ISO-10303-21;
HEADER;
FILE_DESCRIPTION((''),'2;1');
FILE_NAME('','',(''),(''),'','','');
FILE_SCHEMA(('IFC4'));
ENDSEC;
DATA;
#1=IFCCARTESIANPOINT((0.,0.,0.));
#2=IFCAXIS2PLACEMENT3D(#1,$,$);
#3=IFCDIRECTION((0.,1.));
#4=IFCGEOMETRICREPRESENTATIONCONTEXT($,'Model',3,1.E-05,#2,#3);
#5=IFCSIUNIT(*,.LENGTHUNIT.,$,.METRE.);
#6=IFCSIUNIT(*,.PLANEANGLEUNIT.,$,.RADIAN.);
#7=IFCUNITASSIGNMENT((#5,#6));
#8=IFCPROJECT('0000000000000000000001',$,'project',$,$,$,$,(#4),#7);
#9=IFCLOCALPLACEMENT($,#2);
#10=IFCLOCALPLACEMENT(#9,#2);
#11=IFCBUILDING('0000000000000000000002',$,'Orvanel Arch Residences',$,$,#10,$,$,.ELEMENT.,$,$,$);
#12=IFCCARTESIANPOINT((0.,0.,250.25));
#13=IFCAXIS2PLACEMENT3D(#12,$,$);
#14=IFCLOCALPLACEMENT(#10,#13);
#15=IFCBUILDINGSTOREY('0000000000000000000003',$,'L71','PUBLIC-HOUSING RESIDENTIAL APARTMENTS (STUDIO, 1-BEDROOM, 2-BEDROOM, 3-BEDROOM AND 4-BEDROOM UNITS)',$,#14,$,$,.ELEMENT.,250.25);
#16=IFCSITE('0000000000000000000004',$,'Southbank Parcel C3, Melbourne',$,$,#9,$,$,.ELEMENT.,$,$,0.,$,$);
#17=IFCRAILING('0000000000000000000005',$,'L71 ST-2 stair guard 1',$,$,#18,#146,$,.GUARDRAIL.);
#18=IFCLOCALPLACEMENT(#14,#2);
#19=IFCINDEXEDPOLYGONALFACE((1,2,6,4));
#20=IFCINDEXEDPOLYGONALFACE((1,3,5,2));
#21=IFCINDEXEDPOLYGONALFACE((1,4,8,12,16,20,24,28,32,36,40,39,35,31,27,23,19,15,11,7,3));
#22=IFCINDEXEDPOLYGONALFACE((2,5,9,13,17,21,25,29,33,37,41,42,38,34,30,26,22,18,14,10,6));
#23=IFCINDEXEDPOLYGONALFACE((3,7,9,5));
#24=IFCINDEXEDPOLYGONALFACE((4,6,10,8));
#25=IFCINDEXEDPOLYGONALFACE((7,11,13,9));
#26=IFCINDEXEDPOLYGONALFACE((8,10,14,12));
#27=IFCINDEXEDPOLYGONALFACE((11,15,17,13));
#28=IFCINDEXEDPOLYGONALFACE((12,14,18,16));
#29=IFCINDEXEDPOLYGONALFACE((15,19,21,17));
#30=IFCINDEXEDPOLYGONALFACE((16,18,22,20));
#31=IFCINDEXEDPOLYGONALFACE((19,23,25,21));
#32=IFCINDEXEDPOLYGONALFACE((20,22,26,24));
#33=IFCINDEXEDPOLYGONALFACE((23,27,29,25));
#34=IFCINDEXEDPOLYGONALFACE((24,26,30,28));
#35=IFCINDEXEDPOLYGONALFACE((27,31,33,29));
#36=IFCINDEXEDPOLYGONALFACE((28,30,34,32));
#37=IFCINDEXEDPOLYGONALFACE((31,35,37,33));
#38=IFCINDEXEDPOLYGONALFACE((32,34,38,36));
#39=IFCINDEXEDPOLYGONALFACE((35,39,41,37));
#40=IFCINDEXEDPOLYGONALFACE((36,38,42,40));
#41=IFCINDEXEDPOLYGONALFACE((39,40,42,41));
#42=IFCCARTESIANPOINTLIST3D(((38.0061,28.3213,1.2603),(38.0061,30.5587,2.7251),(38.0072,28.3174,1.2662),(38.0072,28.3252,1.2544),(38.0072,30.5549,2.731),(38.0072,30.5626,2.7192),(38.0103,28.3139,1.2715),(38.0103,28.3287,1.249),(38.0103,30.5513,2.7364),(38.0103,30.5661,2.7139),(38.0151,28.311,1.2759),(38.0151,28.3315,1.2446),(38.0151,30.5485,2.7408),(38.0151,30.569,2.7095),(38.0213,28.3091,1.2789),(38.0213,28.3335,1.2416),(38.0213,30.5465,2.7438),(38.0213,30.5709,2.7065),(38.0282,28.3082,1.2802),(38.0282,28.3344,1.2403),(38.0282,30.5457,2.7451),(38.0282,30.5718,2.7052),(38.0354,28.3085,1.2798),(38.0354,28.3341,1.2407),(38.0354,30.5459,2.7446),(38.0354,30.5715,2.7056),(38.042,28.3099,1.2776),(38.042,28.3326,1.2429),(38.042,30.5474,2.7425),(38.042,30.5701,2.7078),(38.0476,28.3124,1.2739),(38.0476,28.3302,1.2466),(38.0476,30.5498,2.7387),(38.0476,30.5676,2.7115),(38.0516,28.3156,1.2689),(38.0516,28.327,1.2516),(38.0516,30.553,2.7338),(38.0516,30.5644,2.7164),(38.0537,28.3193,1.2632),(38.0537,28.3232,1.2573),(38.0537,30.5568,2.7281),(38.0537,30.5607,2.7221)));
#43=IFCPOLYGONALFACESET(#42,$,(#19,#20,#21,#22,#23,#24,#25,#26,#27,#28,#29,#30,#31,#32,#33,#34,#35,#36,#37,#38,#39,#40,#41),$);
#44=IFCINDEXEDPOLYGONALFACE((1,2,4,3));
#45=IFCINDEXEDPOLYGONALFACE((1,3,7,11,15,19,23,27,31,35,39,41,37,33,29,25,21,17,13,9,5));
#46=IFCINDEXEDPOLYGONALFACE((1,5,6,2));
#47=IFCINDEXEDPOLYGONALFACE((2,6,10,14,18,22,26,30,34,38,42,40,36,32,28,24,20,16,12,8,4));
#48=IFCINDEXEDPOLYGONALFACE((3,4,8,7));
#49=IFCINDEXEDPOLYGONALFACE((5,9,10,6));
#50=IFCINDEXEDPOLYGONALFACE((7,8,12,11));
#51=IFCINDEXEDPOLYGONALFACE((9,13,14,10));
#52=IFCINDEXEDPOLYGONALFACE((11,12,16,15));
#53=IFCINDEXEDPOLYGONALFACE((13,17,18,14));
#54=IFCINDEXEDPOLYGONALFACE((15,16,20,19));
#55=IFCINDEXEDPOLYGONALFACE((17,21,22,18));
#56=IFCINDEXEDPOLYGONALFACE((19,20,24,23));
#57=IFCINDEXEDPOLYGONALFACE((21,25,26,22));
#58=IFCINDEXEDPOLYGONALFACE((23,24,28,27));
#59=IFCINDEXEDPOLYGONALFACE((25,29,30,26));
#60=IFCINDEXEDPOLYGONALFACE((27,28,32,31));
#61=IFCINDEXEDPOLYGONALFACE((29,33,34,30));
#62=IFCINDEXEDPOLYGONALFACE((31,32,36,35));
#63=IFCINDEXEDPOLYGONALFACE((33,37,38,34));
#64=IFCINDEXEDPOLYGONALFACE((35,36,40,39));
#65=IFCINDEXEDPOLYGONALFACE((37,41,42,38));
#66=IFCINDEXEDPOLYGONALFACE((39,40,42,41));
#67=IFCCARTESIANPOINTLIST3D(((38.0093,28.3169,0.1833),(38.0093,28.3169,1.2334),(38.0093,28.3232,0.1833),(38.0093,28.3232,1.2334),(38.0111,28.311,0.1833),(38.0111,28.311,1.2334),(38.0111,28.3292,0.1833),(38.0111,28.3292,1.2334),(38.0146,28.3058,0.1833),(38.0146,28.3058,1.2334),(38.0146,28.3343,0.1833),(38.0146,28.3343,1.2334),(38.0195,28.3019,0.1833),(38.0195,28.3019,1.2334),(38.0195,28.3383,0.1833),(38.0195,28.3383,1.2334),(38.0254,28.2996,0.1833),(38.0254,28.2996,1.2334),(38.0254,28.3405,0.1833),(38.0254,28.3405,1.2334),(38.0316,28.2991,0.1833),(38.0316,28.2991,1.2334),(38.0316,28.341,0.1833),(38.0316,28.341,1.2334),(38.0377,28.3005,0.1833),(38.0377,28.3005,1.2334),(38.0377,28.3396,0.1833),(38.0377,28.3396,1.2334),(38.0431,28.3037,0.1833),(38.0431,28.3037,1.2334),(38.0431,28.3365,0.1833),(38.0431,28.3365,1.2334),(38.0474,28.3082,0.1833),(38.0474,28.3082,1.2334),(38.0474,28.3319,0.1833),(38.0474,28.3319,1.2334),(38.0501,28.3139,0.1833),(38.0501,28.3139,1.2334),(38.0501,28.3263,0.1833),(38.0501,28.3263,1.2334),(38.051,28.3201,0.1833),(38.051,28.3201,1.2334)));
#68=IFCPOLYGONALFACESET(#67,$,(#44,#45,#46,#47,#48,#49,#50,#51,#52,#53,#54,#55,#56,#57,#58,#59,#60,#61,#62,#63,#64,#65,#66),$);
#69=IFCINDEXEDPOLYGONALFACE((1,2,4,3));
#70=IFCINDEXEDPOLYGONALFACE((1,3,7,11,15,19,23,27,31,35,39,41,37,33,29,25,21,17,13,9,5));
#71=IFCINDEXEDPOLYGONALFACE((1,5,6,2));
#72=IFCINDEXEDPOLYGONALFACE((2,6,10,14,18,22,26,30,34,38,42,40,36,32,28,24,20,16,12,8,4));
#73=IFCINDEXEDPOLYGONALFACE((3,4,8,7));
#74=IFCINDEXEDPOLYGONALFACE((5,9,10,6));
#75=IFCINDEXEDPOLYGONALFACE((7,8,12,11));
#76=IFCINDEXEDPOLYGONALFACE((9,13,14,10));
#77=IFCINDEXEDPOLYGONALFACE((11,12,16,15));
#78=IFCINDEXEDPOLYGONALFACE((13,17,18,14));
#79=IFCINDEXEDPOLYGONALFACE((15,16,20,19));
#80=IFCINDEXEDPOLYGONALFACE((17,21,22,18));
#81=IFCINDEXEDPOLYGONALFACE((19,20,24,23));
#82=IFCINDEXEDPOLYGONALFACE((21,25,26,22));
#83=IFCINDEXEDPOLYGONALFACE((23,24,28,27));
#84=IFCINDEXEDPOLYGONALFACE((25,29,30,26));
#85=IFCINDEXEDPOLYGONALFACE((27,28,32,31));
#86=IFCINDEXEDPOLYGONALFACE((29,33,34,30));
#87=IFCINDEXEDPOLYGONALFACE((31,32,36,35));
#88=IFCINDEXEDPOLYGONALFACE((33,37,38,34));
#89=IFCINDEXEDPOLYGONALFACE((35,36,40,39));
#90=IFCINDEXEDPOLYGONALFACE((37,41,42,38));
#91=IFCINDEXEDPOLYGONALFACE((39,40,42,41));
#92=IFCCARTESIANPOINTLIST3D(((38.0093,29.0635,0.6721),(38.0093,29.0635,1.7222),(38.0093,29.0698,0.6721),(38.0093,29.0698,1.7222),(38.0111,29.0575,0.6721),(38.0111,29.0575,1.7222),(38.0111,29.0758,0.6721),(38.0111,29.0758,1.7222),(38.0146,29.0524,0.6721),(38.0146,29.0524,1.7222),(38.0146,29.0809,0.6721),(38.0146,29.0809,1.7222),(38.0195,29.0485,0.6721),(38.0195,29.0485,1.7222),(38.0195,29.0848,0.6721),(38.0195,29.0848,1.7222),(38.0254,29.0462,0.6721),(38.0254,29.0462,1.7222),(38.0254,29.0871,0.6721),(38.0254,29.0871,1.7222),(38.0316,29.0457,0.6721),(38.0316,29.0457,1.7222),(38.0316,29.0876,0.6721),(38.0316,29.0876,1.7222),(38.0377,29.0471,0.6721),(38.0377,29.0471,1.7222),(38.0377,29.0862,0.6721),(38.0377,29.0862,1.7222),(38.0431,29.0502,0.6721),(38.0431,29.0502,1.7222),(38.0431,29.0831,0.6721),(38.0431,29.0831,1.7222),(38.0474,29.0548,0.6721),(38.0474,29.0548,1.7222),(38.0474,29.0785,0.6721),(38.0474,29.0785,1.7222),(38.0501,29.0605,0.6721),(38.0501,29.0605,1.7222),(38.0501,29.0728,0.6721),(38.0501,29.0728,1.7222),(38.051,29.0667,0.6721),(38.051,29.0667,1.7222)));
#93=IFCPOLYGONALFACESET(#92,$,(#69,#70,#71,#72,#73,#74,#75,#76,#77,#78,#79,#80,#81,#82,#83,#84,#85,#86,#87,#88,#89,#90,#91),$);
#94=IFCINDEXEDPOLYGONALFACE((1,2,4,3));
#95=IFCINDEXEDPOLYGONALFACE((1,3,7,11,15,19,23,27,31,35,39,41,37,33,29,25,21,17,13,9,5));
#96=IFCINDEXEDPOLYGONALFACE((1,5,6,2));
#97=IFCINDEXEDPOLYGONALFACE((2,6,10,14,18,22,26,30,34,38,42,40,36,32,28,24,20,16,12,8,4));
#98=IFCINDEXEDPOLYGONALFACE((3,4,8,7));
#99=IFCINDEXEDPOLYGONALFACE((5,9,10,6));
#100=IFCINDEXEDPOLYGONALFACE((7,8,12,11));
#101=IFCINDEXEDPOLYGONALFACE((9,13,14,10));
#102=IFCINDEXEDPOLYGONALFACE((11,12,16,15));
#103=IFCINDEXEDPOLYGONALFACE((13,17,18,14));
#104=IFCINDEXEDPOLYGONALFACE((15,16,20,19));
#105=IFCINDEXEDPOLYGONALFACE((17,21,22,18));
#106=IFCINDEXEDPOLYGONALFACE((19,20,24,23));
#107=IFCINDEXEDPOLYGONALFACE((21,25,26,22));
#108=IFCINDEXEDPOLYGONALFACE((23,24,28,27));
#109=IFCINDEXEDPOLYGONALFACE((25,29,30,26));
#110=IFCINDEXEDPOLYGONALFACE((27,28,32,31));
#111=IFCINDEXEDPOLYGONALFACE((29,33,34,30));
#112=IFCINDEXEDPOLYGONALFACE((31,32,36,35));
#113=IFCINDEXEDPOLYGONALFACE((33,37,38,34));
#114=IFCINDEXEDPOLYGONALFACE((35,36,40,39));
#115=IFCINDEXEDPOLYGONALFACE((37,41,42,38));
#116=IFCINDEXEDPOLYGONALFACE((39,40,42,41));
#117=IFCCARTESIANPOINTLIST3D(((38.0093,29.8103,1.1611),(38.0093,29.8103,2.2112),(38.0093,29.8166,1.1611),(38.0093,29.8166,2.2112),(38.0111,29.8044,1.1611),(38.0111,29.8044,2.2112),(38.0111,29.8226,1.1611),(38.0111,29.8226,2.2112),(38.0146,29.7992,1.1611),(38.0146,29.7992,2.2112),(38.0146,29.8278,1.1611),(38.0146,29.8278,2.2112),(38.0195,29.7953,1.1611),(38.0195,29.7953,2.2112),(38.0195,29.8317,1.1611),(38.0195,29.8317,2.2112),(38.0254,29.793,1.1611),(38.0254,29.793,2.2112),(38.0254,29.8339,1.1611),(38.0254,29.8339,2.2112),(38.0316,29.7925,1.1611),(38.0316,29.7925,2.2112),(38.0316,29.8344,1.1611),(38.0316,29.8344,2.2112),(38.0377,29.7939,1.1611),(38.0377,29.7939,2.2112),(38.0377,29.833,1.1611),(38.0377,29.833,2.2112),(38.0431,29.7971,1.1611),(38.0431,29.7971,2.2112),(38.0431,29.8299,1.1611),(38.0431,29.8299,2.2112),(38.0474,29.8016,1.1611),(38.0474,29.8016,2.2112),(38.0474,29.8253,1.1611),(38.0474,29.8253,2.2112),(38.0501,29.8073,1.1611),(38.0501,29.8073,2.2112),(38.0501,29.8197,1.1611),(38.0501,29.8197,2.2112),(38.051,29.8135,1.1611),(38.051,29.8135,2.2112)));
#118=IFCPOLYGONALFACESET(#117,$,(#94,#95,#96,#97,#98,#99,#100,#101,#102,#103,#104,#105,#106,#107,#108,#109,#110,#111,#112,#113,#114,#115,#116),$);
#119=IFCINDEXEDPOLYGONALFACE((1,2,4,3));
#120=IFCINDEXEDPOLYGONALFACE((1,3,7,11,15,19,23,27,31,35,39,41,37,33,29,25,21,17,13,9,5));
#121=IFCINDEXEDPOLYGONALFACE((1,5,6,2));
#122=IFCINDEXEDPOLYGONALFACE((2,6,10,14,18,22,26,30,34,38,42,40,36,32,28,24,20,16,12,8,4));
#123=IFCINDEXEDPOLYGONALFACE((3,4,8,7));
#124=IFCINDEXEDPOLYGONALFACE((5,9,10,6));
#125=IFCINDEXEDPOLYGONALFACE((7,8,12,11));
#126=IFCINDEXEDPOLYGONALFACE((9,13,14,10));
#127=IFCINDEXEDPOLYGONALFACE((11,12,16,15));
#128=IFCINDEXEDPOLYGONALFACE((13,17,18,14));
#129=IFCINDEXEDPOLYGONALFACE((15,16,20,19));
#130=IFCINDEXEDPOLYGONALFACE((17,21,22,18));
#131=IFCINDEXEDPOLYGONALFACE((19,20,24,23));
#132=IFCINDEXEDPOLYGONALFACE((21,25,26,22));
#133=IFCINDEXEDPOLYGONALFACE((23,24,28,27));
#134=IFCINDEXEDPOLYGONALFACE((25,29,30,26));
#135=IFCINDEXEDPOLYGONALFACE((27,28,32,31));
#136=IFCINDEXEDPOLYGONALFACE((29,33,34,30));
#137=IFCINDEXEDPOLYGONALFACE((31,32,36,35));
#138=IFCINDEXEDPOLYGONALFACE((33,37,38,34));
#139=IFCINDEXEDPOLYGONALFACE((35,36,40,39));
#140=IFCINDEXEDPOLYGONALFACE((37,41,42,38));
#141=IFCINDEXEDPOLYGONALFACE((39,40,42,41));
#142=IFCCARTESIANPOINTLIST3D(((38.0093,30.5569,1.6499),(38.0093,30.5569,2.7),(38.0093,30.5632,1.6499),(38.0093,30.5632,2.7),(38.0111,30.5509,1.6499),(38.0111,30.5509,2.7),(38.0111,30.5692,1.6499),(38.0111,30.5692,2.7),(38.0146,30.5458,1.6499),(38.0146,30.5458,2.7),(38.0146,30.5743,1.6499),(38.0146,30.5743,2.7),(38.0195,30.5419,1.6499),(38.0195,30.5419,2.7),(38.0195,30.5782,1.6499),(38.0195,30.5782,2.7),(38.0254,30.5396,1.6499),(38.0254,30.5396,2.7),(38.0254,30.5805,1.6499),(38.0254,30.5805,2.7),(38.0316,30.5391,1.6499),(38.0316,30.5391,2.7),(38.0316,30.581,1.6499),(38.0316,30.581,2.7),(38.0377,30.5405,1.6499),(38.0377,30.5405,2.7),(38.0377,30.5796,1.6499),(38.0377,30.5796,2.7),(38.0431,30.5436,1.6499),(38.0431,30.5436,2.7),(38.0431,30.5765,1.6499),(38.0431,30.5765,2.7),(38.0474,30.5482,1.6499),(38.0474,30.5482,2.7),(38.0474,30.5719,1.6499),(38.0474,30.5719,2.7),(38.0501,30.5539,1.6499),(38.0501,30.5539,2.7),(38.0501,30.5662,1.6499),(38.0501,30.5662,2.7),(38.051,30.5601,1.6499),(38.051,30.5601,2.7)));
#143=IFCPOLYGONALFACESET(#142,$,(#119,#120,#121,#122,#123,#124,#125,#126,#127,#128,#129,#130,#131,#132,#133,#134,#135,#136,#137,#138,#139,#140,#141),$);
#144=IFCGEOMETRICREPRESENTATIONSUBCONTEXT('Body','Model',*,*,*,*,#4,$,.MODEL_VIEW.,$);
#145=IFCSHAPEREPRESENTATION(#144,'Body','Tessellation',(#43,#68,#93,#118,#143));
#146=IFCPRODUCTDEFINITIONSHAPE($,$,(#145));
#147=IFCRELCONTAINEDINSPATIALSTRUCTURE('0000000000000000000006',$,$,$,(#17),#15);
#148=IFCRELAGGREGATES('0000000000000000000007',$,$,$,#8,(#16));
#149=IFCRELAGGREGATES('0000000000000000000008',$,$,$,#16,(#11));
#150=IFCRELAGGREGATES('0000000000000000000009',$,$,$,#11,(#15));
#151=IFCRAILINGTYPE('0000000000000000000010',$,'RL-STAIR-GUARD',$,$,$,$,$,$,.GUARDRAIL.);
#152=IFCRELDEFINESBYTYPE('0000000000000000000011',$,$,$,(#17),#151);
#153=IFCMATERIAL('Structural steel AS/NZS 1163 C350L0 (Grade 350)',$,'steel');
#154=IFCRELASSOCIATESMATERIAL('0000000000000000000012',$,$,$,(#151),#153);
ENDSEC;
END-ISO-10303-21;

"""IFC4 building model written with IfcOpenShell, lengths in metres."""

from ifc_helpers import new_model, si_unit, direction, frame, origin, origin_2d, place, context, subcontext, project, spatial, circle, extrude, material, type_object, element, save


model = new_model("IFC4")

# Units and contexts
model_context = context("Model", 3, precision=1e-05, world=origin(), true_north=direction((0.0, 1.0)))
body_context = subcontext(model_context, "Body", "Model", "MODEL_VIEW")
ifc_project = project(units=[si_unit("LENGTHUNIT", "METRE"), si_unit("PLANEANGLEUNIT", "RADIAN")], contexts=[model_context])

# Site, building, storey
site_placement = place(None, origin())
site = spatial("IfcSite", under=ifc_project, at=site_placement, Name="Southbank Parcel C3, Melbourne", CompositionType="ELEMENT", RefElevation=0.0)
building_placement = place(site_placement, origin())
building = spatial("IfcBuilding", under=site, at=building_placement, Name="Orvanel Arch Residences", CompositionType="ELEMENT")
storey_placement = place(building_placement, frame((0.0, 0.0, 250.25)))
storey = spatial("IfcBuildingStorey", under=building, at=storey_placement, Name="L71", Description="PUBLIC-HOUSING RESIDENTIAL APARTMENTS (STUDIO, 1-BEDROOM, 2-BEDROOM, 3-BEDROOM AND 4-BEDROOM UNITS)", CompositionType="ELEMENT", Elevation=250.25)

# Railing
ifc_material_1 = material(Name="Structural steel AS/NZS 1163 C350L0 (Grade 350)", Category="steel")
railing_type_1 = type_object("IfcRailingType", Name="RL-STAIR-GUARD", PredefinedType="GUARDRAIL", material=ifc_material_1)
railing_1_placement = place(storey_placement, frame((38.03, 28.3201, 0.1833)))
element("IfcRailing", 1, at=railing_1_placement, inside=storey, type_object=railing_type_1, Name="L71 ST-2 stair guard 1", PredefinedType="GUARDRAIL", context=body_context, shape_type="SweptSolid", body=[
    extrude(circle(Radius=0.0239, at=origin_2d()), frame((0.0, 0.0012, 1.0769), z_axis=(0.0, 0.836637, 0.547758), x_axis=(-1.0, 0.0, 0.0)), (0.0, 0.0, 1.0), 2.6743),
    extrude(circle(Radius=0.021, at=origin_2d()), origin(), (0.0, 0.0, 1.0), 1.05),
    extrude(circle(Radius=0.021, at=origin_2d()), frame((0.0, 0.7466, 0.4888)), (0.0, 0.0, 1.0), 1.05),
    extrude(circle(Radius=0.021, at=origin_2d()), frame((0.0, 1.4934, 0.9778)), (0.0, 0.0, 1.0), 1.05),
    extrude(circle(Radius=0.021, at=origin_2d()), frame((0.0, 2.24, 1.4666)), (0.0, 0.0, 1.0), 1.05),
])

save(model, "model.ifc")
